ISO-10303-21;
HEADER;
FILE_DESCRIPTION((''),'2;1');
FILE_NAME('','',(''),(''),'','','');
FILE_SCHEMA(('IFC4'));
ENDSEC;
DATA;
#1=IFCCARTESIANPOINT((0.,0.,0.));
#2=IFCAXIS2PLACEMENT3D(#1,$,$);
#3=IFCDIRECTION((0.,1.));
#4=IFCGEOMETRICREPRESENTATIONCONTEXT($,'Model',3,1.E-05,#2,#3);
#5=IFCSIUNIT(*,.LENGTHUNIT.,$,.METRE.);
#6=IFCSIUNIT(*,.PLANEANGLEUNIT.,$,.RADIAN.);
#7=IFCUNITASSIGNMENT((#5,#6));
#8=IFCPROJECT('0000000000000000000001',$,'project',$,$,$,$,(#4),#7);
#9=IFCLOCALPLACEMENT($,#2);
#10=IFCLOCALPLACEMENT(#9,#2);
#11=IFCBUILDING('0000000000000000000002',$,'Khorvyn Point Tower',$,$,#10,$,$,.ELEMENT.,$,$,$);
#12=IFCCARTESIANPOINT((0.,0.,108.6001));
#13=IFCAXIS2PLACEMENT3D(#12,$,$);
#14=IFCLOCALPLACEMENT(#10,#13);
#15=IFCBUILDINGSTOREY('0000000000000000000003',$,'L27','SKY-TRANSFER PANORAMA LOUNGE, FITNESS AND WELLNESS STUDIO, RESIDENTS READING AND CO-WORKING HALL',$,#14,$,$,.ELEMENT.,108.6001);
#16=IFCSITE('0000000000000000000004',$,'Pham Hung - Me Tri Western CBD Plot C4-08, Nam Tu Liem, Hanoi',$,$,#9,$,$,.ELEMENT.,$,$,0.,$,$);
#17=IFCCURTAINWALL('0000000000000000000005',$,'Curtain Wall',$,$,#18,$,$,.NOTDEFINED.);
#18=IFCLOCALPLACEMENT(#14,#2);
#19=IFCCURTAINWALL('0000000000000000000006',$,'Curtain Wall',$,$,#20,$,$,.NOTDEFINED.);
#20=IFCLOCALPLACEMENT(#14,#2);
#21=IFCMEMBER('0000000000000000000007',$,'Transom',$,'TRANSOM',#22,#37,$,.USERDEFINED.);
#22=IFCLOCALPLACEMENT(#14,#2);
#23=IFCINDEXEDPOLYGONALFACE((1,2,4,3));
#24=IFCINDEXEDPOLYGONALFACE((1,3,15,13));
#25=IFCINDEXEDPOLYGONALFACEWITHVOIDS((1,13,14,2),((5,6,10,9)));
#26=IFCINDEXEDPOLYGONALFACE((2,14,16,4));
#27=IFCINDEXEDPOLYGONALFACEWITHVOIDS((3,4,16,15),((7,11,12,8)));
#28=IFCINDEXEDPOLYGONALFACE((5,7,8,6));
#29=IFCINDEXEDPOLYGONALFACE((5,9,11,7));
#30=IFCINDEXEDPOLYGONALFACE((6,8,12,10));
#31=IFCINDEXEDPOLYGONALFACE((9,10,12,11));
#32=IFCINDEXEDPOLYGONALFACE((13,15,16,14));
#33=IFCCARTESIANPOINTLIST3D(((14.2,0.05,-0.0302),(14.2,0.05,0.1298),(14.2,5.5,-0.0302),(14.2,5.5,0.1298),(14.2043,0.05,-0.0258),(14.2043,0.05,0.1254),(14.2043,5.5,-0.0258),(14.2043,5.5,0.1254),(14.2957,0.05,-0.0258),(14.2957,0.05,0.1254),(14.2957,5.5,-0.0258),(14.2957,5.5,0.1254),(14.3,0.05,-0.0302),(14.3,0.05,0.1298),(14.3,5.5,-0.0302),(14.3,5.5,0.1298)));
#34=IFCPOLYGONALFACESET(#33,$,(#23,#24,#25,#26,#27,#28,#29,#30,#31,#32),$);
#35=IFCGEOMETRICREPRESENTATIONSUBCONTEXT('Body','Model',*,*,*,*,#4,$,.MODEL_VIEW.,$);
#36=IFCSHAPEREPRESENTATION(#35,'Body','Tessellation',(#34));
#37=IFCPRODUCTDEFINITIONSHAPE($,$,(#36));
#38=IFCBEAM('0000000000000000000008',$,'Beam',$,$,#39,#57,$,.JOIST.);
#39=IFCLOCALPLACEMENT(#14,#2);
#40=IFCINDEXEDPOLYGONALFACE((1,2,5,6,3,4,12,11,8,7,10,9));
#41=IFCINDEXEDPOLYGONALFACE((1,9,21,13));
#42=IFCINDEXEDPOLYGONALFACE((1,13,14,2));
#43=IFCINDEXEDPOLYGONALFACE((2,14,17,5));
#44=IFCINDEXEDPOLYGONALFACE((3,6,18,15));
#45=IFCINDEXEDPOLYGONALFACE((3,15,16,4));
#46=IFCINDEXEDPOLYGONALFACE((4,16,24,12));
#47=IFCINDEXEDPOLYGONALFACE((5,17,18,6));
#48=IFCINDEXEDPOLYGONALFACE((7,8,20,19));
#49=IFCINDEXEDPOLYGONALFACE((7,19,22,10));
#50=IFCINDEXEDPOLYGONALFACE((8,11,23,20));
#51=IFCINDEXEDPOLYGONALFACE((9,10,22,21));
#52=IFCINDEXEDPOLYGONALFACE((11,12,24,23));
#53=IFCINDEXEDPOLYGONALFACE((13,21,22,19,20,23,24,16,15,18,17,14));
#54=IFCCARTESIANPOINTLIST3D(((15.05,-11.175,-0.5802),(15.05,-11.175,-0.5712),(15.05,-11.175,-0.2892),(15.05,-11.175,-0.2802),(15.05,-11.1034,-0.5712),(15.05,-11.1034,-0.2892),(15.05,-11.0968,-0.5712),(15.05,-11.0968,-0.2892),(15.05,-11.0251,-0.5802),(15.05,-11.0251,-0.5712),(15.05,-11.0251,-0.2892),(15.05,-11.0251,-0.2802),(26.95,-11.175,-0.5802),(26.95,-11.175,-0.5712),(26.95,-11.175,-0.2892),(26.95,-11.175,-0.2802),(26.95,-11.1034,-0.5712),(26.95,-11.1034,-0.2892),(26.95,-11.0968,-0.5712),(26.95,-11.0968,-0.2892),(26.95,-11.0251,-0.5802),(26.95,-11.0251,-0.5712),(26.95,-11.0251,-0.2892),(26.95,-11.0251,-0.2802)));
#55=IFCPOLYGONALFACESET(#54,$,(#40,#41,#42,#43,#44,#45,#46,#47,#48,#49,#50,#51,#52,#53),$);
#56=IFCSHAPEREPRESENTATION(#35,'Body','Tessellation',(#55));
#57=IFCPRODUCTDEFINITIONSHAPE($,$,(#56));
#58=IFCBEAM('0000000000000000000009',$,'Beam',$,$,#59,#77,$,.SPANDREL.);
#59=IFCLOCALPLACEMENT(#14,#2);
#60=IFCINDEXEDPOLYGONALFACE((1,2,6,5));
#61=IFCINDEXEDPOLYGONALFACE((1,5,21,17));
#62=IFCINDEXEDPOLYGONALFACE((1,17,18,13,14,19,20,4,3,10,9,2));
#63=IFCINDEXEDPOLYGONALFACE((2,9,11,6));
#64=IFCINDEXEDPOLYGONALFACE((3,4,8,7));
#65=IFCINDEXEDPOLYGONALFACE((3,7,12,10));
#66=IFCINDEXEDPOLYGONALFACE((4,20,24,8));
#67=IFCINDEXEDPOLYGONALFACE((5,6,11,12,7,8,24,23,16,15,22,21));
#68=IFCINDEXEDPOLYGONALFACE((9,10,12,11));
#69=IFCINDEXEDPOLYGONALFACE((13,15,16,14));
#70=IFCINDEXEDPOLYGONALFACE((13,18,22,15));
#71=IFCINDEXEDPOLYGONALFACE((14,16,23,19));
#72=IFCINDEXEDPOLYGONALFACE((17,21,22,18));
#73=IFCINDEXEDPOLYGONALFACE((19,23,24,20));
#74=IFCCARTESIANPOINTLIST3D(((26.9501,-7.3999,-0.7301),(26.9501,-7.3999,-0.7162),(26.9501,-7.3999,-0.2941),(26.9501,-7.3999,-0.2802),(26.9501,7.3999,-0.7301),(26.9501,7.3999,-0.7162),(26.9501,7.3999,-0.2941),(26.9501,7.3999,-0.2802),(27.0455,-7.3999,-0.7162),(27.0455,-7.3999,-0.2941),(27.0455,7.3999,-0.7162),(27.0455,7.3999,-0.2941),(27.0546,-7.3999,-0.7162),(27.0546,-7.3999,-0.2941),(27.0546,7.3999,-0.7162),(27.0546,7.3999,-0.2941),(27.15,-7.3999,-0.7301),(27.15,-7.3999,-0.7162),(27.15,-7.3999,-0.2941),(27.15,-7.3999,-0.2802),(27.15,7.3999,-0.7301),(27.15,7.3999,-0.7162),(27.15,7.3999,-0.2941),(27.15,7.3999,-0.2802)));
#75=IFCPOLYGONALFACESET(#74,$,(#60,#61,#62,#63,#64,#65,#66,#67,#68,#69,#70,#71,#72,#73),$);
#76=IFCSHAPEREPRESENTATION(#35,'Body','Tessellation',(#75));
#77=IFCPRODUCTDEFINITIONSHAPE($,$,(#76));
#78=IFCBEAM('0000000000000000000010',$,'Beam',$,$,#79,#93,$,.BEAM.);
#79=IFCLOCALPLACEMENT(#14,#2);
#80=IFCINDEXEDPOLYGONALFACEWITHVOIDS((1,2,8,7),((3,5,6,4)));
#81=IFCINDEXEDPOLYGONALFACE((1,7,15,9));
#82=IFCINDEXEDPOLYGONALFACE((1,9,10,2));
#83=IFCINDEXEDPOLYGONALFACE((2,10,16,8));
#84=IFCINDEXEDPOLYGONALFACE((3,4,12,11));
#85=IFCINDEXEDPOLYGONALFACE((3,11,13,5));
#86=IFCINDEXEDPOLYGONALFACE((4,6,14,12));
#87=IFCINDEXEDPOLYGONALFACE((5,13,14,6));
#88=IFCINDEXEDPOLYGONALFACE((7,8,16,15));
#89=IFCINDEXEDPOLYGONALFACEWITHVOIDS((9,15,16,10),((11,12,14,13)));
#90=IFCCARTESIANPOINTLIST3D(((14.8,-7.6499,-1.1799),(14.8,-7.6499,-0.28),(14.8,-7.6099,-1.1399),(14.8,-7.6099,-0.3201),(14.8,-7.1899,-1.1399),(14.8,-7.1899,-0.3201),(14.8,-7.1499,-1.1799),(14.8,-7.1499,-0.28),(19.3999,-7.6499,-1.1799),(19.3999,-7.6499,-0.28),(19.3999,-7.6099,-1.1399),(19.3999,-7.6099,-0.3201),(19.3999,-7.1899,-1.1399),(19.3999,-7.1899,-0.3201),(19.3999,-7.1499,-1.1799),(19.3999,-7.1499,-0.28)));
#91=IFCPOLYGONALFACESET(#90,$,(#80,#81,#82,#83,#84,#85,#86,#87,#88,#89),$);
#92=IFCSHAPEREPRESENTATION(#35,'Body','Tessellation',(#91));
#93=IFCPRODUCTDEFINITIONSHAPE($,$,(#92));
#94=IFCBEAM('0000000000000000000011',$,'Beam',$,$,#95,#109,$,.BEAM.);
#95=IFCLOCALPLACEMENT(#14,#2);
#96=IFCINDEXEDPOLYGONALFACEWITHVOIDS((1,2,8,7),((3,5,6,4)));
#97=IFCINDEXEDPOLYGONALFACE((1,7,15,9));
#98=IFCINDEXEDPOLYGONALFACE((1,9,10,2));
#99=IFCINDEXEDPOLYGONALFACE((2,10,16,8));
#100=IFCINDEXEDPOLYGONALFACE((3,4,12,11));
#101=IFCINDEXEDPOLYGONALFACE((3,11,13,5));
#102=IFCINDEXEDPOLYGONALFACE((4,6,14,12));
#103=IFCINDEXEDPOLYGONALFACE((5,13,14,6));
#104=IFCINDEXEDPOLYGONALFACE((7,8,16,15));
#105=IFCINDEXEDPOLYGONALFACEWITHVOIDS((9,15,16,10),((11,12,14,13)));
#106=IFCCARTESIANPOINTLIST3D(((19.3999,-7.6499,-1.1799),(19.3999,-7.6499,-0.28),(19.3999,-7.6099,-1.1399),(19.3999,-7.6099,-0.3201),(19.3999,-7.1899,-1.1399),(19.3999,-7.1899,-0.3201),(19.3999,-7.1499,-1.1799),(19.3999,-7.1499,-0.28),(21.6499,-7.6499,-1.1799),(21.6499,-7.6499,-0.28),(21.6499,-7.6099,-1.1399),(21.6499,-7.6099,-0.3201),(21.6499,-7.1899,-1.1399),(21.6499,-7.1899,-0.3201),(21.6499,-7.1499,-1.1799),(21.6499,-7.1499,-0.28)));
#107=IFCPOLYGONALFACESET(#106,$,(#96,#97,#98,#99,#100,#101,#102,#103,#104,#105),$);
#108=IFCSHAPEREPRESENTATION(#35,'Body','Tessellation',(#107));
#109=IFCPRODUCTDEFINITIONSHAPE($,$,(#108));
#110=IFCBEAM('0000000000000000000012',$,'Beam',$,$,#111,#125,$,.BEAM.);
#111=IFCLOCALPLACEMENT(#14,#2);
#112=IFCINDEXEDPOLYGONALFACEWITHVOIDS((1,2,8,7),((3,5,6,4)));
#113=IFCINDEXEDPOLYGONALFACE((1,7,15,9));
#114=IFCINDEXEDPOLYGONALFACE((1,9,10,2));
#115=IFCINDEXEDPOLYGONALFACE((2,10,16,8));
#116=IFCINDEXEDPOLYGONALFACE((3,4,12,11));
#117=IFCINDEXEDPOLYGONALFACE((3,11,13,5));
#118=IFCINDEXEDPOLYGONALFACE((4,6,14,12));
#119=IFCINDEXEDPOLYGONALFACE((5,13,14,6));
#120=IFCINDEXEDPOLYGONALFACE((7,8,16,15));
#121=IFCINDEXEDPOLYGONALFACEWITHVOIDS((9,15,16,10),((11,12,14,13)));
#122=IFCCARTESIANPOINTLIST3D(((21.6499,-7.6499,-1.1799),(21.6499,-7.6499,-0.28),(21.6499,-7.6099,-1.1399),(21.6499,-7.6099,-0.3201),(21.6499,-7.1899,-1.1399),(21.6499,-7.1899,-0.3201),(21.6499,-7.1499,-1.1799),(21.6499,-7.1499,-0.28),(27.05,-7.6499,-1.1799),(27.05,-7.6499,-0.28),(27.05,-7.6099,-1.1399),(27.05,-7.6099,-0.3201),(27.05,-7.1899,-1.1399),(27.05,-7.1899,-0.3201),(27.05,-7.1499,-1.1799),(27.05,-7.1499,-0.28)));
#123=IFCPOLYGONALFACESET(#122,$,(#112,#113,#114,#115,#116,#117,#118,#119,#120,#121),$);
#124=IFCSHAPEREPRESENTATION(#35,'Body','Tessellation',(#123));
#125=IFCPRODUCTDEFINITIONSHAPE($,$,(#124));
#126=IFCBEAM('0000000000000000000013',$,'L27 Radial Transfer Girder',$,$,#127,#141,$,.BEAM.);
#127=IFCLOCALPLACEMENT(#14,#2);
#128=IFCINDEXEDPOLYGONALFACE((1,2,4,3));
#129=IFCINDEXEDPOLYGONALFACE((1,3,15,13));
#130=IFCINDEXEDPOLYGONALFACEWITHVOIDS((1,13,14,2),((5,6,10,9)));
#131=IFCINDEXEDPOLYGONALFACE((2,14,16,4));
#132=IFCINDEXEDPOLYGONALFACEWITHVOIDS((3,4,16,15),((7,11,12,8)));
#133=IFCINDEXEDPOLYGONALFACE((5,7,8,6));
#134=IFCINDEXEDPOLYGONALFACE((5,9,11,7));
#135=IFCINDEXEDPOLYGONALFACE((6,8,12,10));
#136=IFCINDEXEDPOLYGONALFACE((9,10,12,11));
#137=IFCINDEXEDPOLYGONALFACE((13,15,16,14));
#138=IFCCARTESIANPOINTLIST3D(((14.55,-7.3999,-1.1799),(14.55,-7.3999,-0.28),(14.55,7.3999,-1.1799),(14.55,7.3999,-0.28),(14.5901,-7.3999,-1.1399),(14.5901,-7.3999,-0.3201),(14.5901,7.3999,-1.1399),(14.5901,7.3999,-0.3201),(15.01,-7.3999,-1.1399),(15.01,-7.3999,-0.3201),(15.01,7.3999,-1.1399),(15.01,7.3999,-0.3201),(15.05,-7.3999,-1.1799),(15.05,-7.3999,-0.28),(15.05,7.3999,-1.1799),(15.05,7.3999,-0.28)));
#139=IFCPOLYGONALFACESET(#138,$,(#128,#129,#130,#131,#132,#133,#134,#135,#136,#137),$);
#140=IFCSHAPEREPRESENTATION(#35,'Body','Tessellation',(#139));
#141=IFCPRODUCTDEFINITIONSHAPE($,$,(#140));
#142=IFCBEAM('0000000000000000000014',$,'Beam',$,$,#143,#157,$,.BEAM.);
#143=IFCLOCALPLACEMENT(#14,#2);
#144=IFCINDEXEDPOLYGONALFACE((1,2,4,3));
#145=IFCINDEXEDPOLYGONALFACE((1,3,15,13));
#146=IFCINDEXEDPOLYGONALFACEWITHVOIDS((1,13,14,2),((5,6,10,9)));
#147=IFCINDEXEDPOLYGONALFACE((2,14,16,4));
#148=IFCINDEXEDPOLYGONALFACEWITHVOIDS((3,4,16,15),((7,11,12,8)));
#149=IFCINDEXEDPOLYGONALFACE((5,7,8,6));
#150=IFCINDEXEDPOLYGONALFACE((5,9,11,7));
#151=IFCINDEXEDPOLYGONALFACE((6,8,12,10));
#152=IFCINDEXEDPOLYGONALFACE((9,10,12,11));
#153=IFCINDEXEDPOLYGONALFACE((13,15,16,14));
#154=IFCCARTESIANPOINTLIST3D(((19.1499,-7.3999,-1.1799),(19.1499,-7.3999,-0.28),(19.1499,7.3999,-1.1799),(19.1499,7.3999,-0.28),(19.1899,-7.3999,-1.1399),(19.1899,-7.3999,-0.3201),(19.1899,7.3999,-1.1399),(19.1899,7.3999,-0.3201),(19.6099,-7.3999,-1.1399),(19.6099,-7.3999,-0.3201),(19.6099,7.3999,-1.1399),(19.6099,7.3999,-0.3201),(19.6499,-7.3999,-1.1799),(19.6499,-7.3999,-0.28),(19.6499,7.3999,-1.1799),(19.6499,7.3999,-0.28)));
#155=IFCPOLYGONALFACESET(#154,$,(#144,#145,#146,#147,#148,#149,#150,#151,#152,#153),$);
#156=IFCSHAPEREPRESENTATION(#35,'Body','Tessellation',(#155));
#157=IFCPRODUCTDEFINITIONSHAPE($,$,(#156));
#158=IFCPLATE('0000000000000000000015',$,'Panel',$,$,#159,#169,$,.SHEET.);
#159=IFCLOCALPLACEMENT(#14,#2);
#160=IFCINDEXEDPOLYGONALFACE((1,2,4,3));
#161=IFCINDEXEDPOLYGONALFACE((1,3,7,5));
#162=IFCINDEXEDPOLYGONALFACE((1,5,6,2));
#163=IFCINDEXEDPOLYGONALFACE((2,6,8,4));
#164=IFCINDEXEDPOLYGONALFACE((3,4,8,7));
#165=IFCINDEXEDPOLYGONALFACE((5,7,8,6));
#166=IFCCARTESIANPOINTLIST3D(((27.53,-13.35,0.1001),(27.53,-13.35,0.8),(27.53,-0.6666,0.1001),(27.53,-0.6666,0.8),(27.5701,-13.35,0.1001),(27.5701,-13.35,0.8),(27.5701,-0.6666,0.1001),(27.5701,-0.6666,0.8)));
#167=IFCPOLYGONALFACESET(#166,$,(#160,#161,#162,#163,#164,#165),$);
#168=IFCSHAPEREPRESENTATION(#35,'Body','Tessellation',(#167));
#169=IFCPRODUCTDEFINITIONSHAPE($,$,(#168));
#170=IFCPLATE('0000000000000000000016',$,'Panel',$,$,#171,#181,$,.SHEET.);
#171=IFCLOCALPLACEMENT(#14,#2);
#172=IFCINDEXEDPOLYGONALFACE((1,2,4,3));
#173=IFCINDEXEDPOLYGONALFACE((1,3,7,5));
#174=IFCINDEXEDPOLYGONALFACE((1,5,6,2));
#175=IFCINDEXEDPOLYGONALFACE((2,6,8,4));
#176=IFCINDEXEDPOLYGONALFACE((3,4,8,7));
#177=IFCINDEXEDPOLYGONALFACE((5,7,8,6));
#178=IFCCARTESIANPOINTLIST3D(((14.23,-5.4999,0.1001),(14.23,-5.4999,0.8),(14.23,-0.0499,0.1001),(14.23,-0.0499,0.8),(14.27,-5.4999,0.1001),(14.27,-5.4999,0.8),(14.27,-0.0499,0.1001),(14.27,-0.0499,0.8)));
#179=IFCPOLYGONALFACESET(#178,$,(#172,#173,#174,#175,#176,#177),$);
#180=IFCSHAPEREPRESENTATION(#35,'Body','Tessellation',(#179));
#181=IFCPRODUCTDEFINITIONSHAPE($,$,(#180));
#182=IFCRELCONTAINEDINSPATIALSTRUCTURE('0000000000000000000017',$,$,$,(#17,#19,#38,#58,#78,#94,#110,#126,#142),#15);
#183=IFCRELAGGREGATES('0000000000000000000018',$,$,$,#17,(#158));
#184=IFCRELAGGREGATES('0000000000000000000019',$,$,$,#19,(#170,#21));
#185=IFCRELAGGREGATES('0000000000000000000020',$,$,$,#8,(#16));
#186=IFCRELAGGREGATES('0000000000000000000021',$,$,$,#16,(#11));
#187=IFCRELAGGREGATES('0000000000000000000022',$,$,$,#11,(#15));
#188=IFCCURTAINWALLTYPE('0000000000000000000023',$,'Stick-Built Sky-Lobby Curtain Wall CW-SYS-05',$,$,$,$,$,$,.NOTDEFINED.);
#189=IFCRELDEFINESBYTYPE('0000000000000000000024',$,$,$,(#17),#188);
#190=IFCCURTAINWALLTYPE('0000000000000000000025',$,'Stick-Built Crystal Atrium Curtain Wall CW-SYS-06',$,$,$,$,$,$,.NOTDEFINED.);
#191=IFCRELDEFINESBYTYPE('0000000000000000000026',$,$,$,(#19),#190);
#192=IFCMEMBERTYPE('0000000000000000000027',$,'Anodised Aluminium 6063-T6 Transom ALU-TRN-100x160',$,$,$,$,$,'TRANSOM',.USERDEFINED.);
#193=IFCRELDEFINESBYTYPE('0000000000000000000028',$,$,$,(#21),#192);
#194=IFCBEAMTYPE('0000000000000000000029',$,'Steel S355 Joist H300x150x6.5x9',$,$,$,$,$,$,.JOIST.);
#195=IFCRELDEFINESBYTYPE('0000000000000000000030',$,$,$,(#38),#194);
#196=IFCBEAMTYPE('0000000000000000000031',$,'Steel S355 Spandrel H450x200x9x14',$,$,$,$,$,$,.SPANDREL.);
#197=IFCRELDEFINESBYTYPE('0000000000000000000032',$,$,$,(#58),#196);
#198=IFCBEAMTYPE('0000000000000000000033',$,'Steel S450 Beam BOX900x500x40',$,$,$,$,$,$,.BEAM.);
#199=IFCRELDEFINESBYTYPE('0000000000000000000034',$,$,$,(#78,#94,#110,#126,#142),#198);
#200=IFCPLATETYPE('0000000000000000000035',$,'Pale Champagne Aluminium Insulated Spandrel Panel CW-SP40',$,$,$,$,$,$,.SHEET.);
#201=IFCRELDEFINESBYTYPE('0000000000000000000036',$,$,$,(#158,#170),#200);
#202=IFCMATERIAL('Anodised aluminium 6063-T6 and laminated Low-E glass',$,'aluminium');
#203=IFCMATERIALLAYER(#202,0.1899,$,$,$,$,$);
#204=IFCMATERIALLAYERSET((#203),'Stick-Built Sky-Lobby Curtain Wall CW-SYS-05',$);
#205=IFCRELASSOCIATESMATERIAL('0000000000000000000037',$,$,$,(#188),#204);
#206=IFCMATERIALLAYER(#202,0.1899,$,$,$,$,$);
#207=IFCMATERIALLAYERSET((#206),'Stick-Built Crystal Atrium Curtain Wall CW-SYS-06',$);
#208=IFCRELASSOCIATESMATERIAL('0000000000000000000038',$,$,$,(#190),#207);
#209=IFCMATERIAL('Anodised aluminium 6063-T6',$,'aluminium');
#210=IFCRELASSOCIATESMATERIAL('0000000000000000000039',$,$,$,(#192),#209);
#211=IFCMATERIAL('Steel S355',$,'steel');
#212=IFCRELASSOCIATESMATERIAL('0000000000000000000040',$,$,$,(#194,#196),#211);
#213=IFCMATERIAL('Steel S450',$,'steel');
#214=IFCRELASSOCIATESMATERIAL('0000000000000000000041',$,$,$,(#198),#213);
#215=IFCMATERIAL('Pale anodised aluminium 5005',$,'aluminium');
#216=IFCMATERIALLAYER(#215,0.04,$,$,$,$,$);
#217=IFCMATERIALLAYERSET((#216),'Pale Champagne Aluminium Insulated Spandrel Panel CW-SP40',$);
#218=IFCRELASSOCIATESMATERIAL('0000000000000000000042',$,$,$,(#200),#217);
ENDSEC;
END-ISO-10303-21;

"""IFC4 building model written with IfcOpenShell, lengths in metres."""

from ifc_helpers import new_model, si_unit, direction, frame, origin, origin_2d, place, context, subcontext, project, spatial, rectangle, hollow_rectangle, i_section, extrude, material, layer, layer_set, material_profile, profile_set, type_object, element, aggregate, save


model = new_model("IFC4")

# Units and contexts
model_context = context("Model", 3, precision=1e-05, world=origin(), true_north=direction((0.0, 1.0)))
body_context = subcontext(model_context, "Body", "Model", "MODEL_VIEW")
ifc_project = project(units=[si_unit("LENGTHUNIT", "METRE"), si_unit("PLANEANGLEUNIT", "RADIAN")], contexts=[model_context])

# Site, building, storey
site_placement = place(None, origin())
site = spatial("IfcSite", under=ifc_project, at=site_placement, Name="Pham Hung - Me Tri Western CBD Plot C4-08, Nam Tu Liem, Hanoi", CompositionType="ELEMENT", RefElevation=0.0)
building_placement = place(site_placement, origin())
building = spatial("IfcBuilding", under=site, at=building_placement, Name="Khorvyn Point Tower", CompositionType="ELEMENT")
storey_placement = place(building_placement, frame((0.0, 0.0, 108.6001)))
storey = spatial("IfcBuildingStorey", under=building, at=storey_placement, Name="L27", Description="SKY-TRANSFER PANORAMA LOUNGE, FITNESS AND WELLNESS STUDIO, RESIDENTS READING AND CO-WORKING HALL", CompositionType="ELEMENT", Elevation=108.6001)

# Shared definitions
ifc_material_1 = material(Name="Steel S450", Category="steel")

# Curtain walls
ifc_material_2 = material(Name="Anodised aluminium 6063-T6 and laminated Low-E glass", Category="aluminium")
ifc_layer_1 = layer(ifc_material_2, 0.1899)
ifc_layer_set_1 = layer_set([ifc_layer_1], Name="Stick-Built Sky-Lobby Curtain Wall CW-SYS-05")
curtain_wall_type_1 = type_object("IfcCurtainWallType", Name="Stick-Built Sky-Lobby Curtain Wall CW-SYS-05", PredefinedType="NOTDEFINED", material=ifc_layer_set_1)
curtain_wall_1_placement = place(storey_placement, origin())
curtain_wall_1 = element("IfcCurtainWall", 1, at=curtain_wall_1_placement, inside=storey, type_object=curtain_wall_type_1, Name="Curtain Wall", PredefinedType="NOTDEFINED")
ifc_material_3 = material(Name="Anodised aluminium 6063-T6", Category="aluminium")
ifc_layer_2 = layer(ifc_material_2, 0.1899)
ifc_layer_set_2 = layer_set([ifc_layer_2], Name="Stick-Built Crystal Atrium Curtain Wall CW-SYS-06")
curtain_wall_type_2 = type_object("IfcCurtainWallType", Name="Stick-Built Crystal Atrium Curtain Wall CW-SYS-06", PredefinedType="NOTDEFINED", material=ifc_layer_set_2)
curtain_wall_2_placement = place(storey_placement, origin())
curtain_wall_2 = element("IfcCurtainWall", 2, at=curtain_wall_2_placement, inside=storey, type_object=curtain_wall_type_2, Name="Curtain Wall", PredefinedType="NOTDEFINED")

# Member
ifc_material_profile_1 = material_profile(ifc_material_3, hollow_rectangle(XDim=0.1001, YDim=0.1599, WallThickness=0.0044, at=origin_2d()))
ifc_profile_set_1 = profile_set([ifc_material_profile_1], Name="Anodised aluminium 6063-T6 ALU-TRN-100x160")
member_type_1 = type_object("IfcMemberType", Name="Anodised Aluminium 6063-T6 Transom ALU-TRN-100x160", ElementType="TRANSOM", PredefinedType="USERDEFINED", material=ifc_profile_set_1)
member_1_placement = place(storey_placement, frame((14.25, 0.05, 0.0498), z_axis=(0.0, 1.0, 0.0), x_axis=(-1.0, 0.0, 0.0)))
member_1 = element("IfcMember", 3, at=member_1_placement, type_object=member_type_1, Name="Transom", ObjectType="TRANSOM", PredefinedType="USERDEFINED", context=body_context, shape_type="SweptSolid", body=[
    extrude(hollow_rectangle(XDim=0.1001, YDim=0.1599, WallThickness=0.0044, at=origin_2d()), origin(), (0.0, 0.0, 1.0), 5.45),
])

# Beams
ifc_material_4 = material(Name="Steel S355", Category="steel")
ifc_material_profile_2 = material_profile(ifc_material_4, i_section(OverallWidth=0.1499, OverallDepth=0.3, WebThickness=0.0066, FlangeThickness=0.009, at=origin_2d()))
ifc_profile_set_2 = profile_set([ifc_material_profile_2], Name="Steel S355 H300x150x6.5x9")
beam_type_1 = type_object("IfcBeamType", Name="Steel S355 Joist H300x150x6.5x9", PredefinedType="JOIST", material=ifc_profile_set_2)
beam_1_placement = place(storey_placement, frame((15.05, -11.1001, -0.4302), z_axis=(1.0, 0.0, 0.0), x_axis=(0.0, 1.0, 0.0)))
element("IfcBeam", 4, at=beam_1_placement, inside=storey, type_object=beam_type_1, Name="Beam", PredefinedType="JOIST", context=body_context, shape_type="SweptSolid", body=[
    extrude(i_section(OverallWidth=0.1499, OverallDepth=0.3, WebThickness=0.0066, FlangeThickness=0.009, at=origin_2d()), origin(), (0.0, 0.0, 1.0), 11.8999),
])
ifc_material_profile_3 = material_profile(ifc_material_4, i_section(OverallWidth=0.2, OverallDepth=0.45, WebThickness=0.009, FlangeThickness=0.0139, at=origin_2d()))
ifc_profile_set_3 = profile_set([ifc_material_profile_3], Name="Steel S355 H450x200x9x14")
beam_type_2 = type_object("IfcBeamType", Name="Steel S355 Spandrel H450x200x9x14", PredefinedType="SPANDREL", material=ifc_profile_set_3)
beam_2_placement = place(storey_placement, frame((27.05, -7.3999, -0.5051), z_axis=(0.0, 1.0, 0.0), x_axis=(-1.0, 0.0, 0.0)))
element("IfcBeam", 5, at=beam_2_placement, inside=storey, type_object=beam_type_2, Name="Beam", PredefinedType="SPANDREL", context=body_context, shape_type="SweptSolid", body=[
    extrude(i_section(OverallWidth=0.2, OverallDepth=0.45, WebThickness=0.009, FlangeThickness=0.0139, at=origin_2d()), origin(), (0.0, 0.0, 1.0), 14.7998),
])
ifc_material_profile_4 = material_profile(ifc_material_1, hollow_rectangle(XDim=0.5, YDim=0.8999, WallThickness=0.04, at=origin_2d()))
ifc_profile_set_4 = profile_set([ifc_material_profile_4], Name="Steel S450 BOX900x500x40")
beam_type_3 = type_object("IfcBeamType", Name="Steel S450 Beam BOX900x500x40", PredefinedType="BEAM", material=ifc_profile_set_4)
beam_3_placement = place(storey_placement, frame((14.8, -7.3999, -0.73), z_axis=(1.0, 0.0, 0.0), x_axis=(0.0, 1.0, 0.0)))
element("IfcBeam", 6, at=beam_3_placement, inside=storey, type_object=beam_type_3, Name="Beam", PredefinedType="BEAM", context=body_context, shape_type="SweptSolid", body=[
    extrude(hollow_rectangle(XDim=0.5, YDim=0.8999, WallThickness=0.04, at=origin_2d()), origin(), (0.0, 0.0, 1.0), 4.5999),
])
beam_4_placement = place(storey_placement, frame((19.3999, -7.3999, -0.73), z_axis=(1.0, 0.0, 0.0), x_axis=(0.0, 1.0, 0.0)))
element("IfcBeam", 7, at=beam_4_placement, inside=storey, type_object=beam_type_3, Name="Beam", PredefinedType="BEAM", context=body_context, shape_type="SweptSolid", body=[
    extrude(hollow_rectangle(XDim=0.5, YDim=0.8999, WallThickness=0.04, at=origin_2d()), origin(), (0.0, 0.0, 1.0), 2.25),
])
beam_5_placement = place(storey_placement, frame((21.6499, -7.3999, -0.73), z_axis=(1.0, 0.0, 0.0), x_axis=(0.0, 1.0, 0.0)))
element("IfcBeam", 8, at=beam_5_placement, inside=storey, type_object=beam_type_3, Name="Beam", PredefinedType="BEAM", context=body_context, shape_type="SweptSolid", body=[
    extrude(hollow_rectangle(XDim=0.5, YDim=0.8999, WallThickness=0.04, at=origin_2d()), origin(), (0.0, 0.0, 1.0), 5.4001),
])
for number, where, z_axis, x_axis, name in (
    (9, (14.8, -7.3999, -0.73), (0.0, 1.0, 0.0), (-1.0, 0.0, 0.0), "L27 Radial Transfer Girder"),
    (10, (19.3999, -7.3999, -0.73), (0.0, 1.0, 0.0), (-1.0, 0.0, 0.0), "Beam"),
):
    element("IfcBeam", number, at=place(storey_placement, frame(where, z_axis=z_axis, x_axis=x_axis)), inside=storey, type_object=beam_type_3, Name=name, PredefinedType="BEAM", context=body_context, shape_type="SweptSolid", body=[
        extrude(hollow_rectangle(XDim=0.5, YDim=0.8999, WallThickness=0.04, at=origin_2d()), origin(), (0.0, 0.0, 1.0), 14.7998),
    ])

# Plates
ifc_material_5 = material(Name="Pale anodised aluminium 5005", Category="aluminium")
ifc_layer_3 = layer(ifc_material_5, 0.04)
ifc_layer_set_3 = layer_set([ifc_layer_3], Name="Pale Champagne Aluminium Insulated Spandrel Panel CW-SP40")
plate_type_1 = type_object("IfcPlateType", Name="Pale Champagne Aluminium Insulated Spandrel Panel CW-SP40", PredefinedType="SHEET", material=ifc_layer_set_3)
plate_1_placement = place(storey_placement, frame((27.55, -7.0083, 0.1001), z_axis=(0.0, 0.0, 1.0), x_axis=(0.0, -1.0, 0.0)))
plate_1 = element("IfcPlate", 11, at=plate_1_placement, type_object=plate_type_1, Name="Panel", PredefinedType="SHEET", context=body_context, shape_type="SweptSolid", body=[
    extrude(rectangle(XDim=12.6833, YDim=0.04, at=origin_2d()), origin(), (0.0, 0.0, 1.0), 0.7),
])
plate_2_placement = place(storey_placement, frame((14.25, -2.7749, 0.1001), z_axis=(0.0, 0.0, 1.0), x_axis=(0.0, 1.0, 0.0)))
plate_2 = element("IfcPlate", 12, at=plate_2_placement, type_object=plate_type_1, Name="Panel", PredefinedType="SHEET", context=body_context, shape_type="SweptSolid", body=[
    extrude(rectangle(XDim=5.45, YDim=0.04, at=origin_2d()), origin(), (0.0, 0.0, 1.0), 0.7),
])
aggregate(curtain_wall_1, [plate_1])
aggregate(curtain_wall_2, [plate_2, member_1])

save(model, "model.ifc")
